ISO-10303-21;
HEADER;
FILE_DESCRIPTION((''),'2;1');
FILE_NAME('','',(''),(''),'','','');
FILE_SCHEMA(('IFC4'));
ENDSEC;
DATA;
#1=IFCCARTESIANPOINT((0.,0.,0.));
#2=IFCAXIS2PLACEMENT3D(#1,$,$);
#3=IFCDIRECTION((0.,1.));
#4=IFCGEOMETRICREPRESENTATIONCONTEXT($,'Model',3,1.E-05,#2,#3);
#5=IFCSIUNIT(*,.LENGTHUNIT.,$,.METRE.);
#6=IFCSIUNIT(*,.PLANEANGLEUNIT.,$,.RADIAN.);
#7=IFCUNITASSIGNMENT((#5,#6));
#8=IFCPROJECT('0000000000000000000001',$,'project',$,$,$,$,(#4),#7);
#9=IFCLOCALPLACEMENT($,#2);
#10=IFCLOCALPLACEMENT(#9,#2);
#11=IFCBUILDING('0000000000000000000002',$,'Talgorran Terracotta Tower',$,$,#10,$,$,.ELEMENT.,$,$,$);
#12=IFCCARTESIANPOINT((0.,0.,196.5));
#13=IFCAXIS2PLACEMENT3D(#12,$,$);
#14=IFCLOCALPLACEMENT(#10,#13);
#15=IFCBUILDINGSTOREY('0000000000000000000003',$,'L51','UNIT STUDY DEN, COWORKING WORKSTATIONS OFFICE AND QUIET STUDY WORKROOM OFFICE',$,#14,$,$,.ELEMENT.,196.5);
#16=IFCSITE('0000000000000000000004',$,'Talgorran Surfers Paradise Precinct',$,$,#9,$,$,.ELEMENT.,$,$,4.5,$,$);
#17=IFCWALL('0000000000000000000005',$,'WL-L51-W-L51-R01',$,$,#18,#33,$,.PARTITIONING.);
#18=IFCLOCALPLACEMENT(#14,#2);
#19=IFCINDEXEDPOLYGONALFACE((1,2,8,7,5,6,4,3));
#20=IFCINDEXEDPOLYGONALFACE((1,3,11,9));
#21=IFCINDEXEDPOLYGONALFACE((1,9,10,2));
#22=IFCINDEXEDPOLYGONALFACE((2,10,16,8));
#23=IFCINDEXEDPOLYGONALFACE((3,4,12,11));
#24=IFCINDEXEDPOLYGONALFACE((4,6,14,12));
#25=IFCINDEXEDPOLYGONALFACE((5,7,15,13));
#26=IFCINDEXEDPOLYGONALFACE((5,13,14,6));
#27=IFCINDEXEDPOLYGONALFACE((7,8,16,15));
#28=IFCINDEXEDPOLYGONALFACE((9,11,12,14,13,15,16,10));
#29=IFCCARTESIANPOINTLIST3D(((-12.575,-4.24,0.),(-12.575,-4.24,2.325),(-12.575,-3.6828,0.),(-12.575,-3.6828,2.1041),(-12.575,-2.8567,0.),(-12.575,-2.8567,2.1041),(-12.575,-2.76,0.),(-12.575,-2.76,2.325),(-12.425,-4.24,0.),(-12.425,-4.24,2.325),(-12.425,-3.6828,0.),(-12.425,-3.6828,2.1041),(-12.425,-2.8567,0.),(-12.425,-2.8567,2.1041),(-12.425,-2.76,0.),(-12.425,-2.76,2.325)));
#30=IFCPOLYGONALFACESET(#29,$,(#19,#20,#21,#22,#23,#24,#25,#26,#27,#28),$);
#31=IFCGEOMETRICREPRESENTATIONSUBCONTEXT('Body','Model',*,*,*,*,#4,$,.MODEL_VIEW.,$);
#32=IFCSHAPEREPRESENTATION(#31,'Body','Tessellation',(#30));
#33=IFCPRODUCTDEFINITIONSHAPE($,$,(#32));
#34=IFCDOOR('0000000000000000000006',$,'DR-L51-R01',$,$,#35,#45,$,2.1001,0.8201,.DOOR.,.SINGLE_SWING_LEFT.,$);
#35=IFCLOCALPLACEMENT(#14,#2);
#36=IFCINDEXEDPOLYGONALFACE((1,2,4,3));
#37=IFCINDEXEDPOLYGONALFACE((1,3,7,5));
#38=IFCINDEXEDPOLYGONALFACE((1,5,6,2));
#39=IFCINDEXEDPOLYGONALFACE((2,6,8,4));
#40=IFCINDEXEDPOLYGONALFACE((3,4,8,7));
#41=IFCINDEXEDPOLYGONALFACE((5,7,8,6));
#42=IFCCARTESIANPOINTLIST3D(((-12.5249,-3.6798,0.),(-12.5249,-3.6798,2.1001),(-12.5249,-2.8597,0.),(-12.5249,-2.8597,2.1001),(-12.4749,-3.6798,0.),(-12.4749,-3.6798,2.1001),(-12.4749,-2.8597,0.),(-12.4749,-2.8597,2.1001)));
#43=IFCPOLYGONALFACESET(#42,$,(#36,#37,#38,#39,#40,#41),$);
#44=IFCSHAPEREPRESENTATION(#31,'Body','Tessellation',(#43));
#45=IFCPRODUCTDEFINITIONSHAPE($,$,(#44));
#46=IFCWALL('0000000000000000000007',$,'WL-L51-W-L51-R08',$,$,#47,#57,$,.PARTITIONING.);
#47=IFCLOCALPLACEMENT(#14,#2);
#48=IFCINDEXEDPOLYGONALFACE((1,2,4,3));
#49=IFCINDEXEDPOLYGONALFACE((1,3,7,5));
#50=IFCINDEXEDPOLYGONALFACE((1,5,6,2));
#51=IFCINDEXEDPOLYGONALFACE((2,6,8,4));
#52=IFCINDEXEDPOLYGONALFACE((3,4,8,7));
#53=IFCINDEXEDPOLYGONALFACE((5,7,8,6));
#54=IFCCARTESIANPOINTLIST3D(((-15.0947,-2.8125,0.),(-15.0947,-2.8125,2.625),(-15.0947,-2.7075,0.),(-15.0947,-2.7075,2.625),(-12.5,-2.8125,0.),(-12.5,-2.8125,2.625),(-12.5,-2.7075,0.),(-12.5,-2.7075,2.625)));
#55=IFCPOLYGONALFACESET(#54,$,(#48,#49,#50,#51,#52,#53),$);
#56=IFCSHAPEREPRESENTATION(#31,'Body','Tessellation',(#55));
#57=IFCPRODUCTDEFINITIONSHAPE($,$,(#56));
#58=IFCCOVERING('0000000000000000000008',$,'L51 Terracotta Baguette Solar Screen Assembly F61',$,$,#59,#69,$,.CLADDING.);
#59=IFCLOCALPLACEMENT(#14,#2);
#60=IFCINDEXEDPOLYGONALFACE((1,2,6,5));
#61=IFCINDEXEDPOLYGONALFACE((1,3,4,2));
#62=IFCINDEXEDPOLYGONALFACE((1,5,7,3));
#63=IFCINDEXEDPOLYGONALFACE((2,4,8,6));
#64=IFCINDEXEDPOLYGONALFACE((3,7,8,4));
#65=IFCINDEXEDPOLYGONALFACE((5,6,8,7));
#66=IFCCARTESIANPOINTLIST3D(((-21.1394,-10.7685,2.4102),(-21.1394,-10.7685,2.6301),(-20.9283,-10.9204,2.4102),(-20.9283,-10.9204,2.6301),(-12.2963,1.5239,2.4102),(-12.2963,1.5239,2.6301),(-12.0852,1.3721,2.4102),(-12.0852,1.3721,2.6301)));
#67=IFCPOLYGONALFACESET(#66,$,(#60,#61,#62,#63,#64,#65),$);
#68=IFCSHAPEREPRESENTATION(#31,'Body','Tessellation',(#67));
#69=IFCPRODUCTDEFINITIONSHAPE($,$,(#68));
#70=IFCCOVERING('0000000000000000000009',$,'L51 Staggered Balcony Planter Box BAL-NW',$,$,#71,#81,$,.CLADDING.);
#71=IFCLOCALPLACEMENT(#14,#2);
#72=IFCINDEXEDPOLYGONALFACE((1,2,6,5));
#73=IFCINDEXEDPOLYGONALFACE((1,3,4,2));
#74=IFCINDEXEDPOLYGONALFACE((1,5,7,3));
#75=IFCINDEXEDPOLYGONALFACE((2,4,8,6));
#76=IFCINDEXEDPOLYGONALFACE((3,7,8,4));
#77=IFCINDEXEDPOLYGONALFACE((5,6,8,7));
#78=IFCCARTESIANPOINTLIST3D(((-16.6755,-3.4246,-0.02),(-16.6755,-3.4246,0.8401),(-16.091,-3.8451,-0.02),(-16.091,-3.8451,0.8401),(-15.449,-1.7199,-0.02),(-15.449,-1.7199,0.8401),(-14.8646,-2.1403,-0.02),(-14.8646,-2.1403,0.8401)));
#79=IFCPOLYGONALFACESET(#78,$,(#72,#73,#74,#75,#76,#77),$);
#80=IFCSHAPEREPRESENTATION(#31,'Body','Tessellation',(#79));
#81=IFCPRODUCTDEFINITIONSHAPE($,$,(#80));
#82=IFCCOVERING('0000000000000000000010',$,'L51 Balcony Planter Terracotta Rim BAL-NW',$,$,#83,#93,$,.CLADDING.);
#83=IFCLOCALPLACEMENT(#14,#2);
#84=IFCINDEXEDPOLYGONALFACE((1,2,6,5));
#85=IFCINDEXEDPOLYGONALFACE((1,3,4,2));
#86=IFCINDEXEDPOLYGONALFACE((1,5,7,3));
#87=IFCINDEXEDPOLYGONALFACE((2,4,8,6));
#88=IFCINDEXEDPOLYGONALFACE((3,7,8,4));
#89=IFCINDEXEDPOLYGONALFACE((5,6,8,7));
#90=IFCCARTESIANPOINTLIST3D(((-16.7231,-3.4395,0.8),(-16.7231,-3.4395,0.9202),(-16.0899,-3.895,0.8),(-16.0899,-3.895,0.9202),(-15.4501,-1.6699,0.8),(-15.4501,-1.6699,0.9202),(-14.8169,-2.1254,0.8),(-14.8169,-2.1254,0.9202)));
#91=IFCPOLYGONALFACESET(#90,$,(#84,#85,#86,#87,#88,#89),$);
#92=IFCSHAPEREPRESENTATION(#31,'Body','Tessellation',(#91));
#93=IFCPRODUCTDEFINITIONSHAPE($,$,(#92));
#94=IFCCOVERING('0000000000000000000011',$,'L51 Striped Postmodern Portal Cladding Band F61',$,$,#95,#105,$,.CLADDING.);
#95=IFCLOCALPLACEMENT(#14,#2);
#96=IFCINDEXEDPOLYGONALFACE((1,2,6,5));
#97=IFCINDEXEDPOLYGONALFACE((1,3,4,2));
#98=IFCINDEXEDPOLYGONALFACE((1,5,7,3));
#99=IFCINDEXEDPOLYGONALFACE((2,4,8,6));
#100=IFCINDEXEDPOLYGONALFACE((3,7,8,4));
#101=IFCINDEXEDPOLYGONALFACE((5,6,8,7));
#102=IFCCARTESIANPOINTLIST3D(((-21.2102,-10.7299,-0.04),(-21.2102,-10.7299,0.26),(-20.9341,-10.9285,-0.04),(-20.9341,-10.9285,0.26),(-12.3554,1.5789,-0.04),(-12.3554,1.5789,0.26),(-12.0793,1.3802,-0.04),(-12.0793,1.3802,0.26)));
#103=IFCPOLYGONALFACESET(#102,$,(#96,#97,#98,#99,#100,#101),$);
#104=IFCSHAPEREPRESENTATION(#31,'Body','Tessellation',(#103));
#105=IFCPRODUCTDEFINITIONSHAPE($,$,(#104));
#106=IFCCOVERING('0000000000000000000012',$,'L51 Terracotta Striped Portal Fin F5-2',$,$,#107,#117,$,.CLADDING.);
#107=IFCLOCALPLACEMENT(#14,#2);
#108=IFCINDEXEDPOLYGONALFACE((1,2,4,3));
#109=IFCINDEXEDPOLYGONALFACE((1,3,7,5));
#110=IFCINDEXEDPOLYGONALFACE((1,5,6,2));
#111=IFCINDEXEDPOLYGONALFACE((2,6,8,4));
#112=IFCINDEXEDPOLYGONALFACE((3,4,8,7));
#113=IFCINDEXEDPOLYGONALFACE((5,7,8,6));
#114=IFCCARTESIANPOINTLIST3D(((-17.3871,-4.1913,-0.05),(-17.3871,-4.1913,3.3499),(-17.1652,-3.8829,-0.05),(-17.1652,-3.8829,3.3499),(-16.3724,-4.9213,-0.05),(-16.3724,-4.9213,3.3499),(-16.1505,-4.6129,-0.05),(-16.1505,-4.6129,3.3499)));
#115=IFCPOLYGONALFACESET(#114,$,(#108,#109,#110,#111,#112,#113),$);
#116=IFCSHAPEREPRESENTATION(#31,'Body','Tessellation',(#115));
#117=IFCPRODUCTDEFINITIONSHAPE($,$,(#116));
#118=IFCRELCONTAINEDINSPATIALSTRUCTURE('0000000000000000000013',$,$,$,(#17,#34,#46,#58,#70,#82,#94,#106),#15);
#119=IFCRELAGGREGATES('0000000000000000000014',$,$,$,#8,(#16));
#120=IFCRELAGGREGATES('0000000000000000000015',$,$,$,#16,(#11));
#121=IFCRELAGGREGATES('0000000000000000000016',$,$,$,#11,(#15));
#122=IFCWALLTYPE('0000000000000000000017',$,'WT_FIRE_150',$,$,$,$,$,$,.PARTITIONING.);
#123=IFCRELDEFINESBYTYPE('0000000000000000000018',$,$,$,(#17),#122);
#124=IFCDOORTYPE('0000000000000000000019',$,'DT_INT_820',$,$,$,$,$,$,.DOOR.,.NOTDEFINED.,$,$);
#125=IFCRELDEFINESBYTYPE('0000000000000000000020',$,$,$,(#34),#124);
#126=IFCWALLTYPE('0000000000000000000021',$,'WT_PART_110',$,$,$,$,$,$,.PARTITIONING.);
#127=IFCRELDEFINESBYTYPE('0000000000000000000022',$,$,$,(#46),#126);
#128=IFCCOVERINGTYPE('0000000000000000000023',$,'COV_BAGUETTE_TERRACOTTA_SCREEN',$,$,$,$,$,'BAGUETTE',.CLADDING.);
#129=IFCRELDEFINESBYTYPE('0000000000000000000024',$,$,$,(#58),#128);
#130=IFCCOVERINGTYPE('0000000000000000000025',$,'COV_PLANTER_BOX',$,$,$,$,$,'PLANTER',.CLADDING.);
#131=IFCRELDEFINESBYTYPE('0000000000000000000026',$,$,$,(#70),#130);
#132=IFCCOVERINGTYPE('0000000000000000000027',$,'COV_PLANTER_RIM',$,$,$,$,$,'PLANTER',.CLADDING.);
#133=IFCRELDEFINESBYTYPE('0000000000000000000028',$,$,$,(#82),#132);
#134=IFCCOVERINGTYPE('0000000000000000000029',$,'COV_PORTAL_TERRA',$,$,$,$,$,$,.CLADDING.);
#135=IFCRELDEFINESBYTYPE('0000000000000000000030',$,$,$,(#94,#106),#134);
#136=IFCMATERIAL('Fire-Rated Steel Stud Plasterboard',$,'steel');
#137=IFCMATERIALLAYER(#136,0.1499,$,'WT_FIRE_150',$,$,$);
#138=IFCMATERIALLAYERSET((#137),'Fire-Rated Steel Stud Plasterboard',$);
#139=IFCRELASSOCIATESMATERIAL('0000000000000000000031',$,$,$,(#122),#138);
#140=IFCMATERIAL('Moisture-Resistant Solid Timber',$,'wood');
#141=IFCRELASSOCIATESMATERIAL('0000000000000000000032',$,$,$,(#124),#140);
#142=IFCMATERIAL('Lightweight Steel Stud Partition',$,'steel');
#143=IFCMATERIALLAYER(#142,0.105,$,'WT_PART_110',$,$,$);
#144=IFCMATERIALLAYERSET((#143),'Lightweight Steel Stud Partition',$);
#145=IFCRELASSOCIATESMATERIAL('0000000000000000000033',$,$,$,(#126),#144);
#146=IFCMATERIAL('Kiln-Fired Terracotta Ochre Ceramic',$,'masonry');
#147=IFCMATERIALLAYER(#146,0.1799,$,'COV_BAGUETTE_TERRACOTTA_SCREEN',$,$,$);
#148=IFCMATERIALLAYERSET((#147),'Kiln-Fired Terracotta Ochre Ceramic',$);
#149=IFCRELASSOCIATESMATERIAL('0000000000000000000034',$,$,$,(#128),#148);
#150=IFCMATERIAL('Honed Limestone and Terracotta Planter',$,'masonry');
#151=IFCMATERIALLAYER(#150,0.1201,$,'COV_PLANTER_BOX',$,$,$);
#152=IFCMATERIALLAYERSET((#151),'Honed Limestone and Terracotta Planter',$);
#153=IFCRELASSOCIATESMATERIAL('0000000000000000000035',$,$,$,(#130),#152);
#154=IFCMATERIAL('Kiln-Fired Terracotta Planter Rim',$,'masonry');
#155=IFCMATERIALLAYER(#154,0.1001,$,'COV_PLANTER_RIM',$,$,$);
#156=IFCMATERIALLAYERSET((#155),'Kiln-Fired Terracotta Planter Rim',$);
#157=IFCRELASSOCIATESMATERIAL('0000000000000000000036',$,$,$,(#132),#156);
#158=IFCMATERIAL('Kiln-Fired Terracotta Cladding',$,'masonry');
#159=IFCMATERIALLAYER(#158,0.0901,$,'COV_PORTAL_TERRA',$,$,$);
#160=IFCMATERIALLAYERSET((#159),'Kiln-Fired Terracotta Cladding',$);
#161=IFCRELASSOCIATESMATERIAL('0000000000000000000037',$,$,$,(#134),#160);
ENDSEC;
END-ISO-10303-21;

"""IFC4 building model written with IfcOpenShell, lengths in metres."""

from ifc_helpers import new_model, si_unit, direction, frame, frame_2d, origin, origin_2d, place, context, subcontext, project, spatial, rectangle, extrude, material, layer, layer_set, type_object, element, fill, save


model = new_model("IFC4")

# Units and contexts
model_context = context("Model", 3, precision=1e-05, world=origin(), true_north=direction((0.0, 1.0)))
body_context = subcontext(model_context, "Body", "Model", "MODEL_VIEW")
ifc_project = project(units=[si_unit("LENGTHUNIT", "METRE"), si_unit("PLANEANGLEUNIT", "RADIAN")], contexts=[model_context])

# Site, building, storey
site_placement = place(None, origin())
site = spatial("IfcSite", under=ifc_project, at=site_placement, Name="Talgorran Surfers Paradise Precinct", CompositionType="ELEMENT", RefElevation=4.5)
building_placement = place(site_placement, origin())
building = spatial("IfcBuilding", under=site, at=building_placement, Name="Talgorran Terracotta Tower", CompositionType="ELEMENT")
storey_placement = place(building_placement, frame((0.0, 0.0, 196.5)))
storey = spatial("IfcBuildingStorey", under=building, at=storey_placement, Name="L51", Description="UNIT STUDY DEN, COWORKING WORKSTATIONS OFFICE AND QUIET STUDY WORKROOM OFFICE", CompositionType="ELEMENT", Elevation=196.5)

# Wall, opening, door
ifc_material_1 = material(Name="Fire-Rated Steel Stud Plasterboard", Category="steel")
ifc_layer_1 = layer(ifc_material_1, 0.1499, Name="WT_FIRE_150")
ifc_layer_set_1 = layer_set([ifc_layer_1], Name="Fire-Rated Steel Stud Plasterboard")
wall_type_1 = type_object("IfcWallType", Name="WT_FIRE_150", PredefinedType="PARTITIONING", material=ifc_layer_set_1)
wall_1_placement = place(storey_placement, frame((-12.5, -4.24, 0.0), z_axis=(0.0, 0.0, 1.0), x_axis=(0.0, 1.0, 0.0)))
wall_1 = element("IfcWall", 1, at=wall_1_placement, inside=storey, type_object=wall_type_1, Name="WL-L51-W-L51-R01", PredefinedType="PARTITIONING", context=body_context, shape_type="SweptSolid", body=[
    extrude(rectangle(XDim=1.48, YDim=0.1499, at=frame_2d((0.74, 0.0))), origin(), (0.0, 0.0, 1.0), 2.325),
])
opening_1_placement = place(wall_1_placement, frame((0.5601, 0.0, 0.0)))
opening_1 = element("IfcOpeningElement", 2, at=opening_1_placement, cuts=wall_1, PredefinedType="OPENING", context=body_context, shape_type="SweptSolid", body=[
    extrude(rectangle(XDim=0.8261, YDim=2.1041, at=frame_2d((0.4102, 1.052))), frame((0.0, 0.085, 0.0), z_axis=(0.0, -1.0, 0.0), x_axis=(1.0, 0.0, 0.0)), (0.0, 0.0, 1.0), 0.1699),
])
ifc_material_2 = material(Name="Moisture-Resistant Solid Timber", Category="wood")
door_type_1 = type_object("IfcDoorType", Name="DT_INT_820", OperationType="NOTDEFINED", PredefinedType="DOOR", material=ifc_material_2)
door_1_placement = place(opening_1_placement, origin())
door_1 = element("IfcDoor", 3, at=door_1_placement, inside=storey, type_object=door_type_1, Name="DR-L51-R01", OperationType="SINGLE_SWING_LEFT", OverallHeight=2.1001, OverallWidth=0.8201, PredefinedType="DOOR", context=body_context, shape_type="SweptSolid", body=[
    extrude(rectangle(XDim=0.8201, YDim=2.1001, at=frame_2d((0.4102, 1.05))), frame((0.0, 0.0249, 0.0), z_axis=(0.0, -1.0, 0.0), x_axis=(1.0, 0.0, 0.0)), (0.0, 0.0, 1.0), 0.05),
])
fill(opening_1, door_1)

# Wall
ifc_material_3 = material(Name="Lightweight Steel Stud Partition", Category="steel")
ifc_layer_2 = layer(ifc_material_3, 0.105, Name="WT_PART_110")
ifc_layer_set_2 = layer_set([ifc_layer_2], Name="Lightweight Steel Stud Partition")
wall_type_2 = type_object("IfcWallType", Name="WT_PART_110", PredefinedType="PARTITIONING", material=ifc_layer_set_2)
wall_2_placement = place(storey_placement, frame((-15.0947, -2.76, 0.0), z_axis=(0.0, 0.0, 1.0), x_axis=(1.0, 0.0, 0.0)))
element("IfcWall", 4, at=wall_2_placement, inside=storey, type_object=wall_type_2, Name="WL-L51-W-L51-R08", PredefinedType="PARTITIONING", context=body_context, shape_type="SweptSolid", body=[
    extrude(rectangle(XDim=2.5947, YDim=0.105, at=frame_2d((1.2974, 0.0))), origin(), (0.0, 0.0, 1.0), 2.625),
])

# Coverings
ifc_material_4 = material(Name="Kiln-Fired Terracotta Ochre Ceramic", Category="masonry")
ifc_layer_3 = layer(ifc_material_4, 0.1799, Name="COV_BAGUETTE_TERRACOTTA_SCREEN")
ifc_layer_set_3 = layer_set([ifc_layer_3], Name="Kiln-Fired Terracotta Ochre Ceramic")
covering_type_1 = type_object("IfcCoveringType", Name="COV_BAGUETTE_TERRACOTTA_SCREEN", ElementType="BAGUETTE", PredefinedType="CLADDING", material=ifc_layer_set_3)
covering_1_placement = place(storey_placement, frame((-16.6123, -4.6982, 2.4102), z_axis=(0.0, 0.0, 1.0), x_axis=(-0.583981, -0.811768, 0.0)))
element("IfcCovering", 5, at=covering_1_placement, inside=storey, type_object=covering_type_1, Name="L51 Terracotta Baguette Solar Screen Assembly F61", PredefinedType="CLADDING", context=body_context, shape_type="SweptSolid", body=[
    extrude(rectangle(XDim=15.1428, YDim=0.26, at=origin_2d()), origin(), (0.0, 0.0, 1.0), 0.22),
])
ifc_material_5 = material(Name="Honed Limestone and Terracotta Planter", Category="masonry")
ifc_layer_4 = layer(ifc_material_5, 0.1201, Name="COV_PLANTER_BOX")
ifc_layer_set_4 = layer_set([ifc_layer_4], Name="Honed Limestone and Terracotta Planter")
covering_type_2 = type_object("IfcCoveringType", Name="COV_PLANTER_BOX", ElementType="PLANTER", PredefinedType="CLADDING", material=ifc_layer_set_4)
covering_2_placement = place(storey_placement, frame((-15.77, -2.7825, -0.02), z_axis=(0.0, 0.0, 1.0), x_axis=(-0.583981, -0.811768, 0.0)))
element("IfcCovering", 6, at=covering_2_placement, inside=storey, type_object=covering_type_2, Name="L51 Staggered Balcony Planter Box BAL-NW", PredefinedType="CLADDING", context=body_context, shape_type="SweptSolid", body=[
    extrude(rectangle(XDim=2.1001, YDim=0.72, at=origin_2d()), origin(), (0.0, 0.0, 1.0), 0.8601),
])
ifc_material_6 = material(Name="Kiln-Fired Terracotta Planter Rim", Category="masonry")
ifc_layer_5 = layer(ifc_material_6, 0.1001, Name="COV_PLANTER_RIM")
ifc_layer_set_5 = layer_set([ifc_layer_5], Name="Kiln-Fired Terracotta Planter Rim")
covering_type_3 = type_object("IfcCoveringType", Name="COV_PLANTER_RIM", ElementType="PLANTER", PredefinedType="CLADDING", material=ifc_layer_set_5)
covering_3_placement = place(storey_placement, frame((-15.77, -2.7825, 0.8), z_axis=(0.0, 0.0, 1.0), x_axis=(-0.583981, -0.811768, 0.0)))
element("IfcCovering", 7, at=covering_3_placement, inside=storey, type_object=covering_type_3, Name="L51 Balcony Planter Terracotta Rim BAL-NW", PredefinedType="CLADDING", context=body_context, shape_type="SweptSolid", body=[
    extrude(rectangle(XDim=2.1799, YDim=0.78, at=origin_2d()), origin(), (0.0, 0.0, 1.0), 0.1201),
])
ifc_material_7 = material(Name="Kiln-Fired Terracotta Cladding", Category="masonry")
ifc_layer_6 = layer(ifc_material_7, 0.0901, Name="COV_PORTAL_TERRA")
ifc_layer_set_6 = layer_set([ifc_layer_6], Name="Kiln-Fired Terracotta Cladding")
covering_type_4 = type_object("IfcCoveringType", Name="COV_PORTAL_TERRA", PredefinedType="CLADDING", material=ifc_layer_set_6)
covering_4_placement = place(storey_placement, frame((-16.6448, -4.6748, -0.04), z_axis=(0.0, 0.0, 1.0), x_axis=(-0.583981, -0.811768, 0.0)))
element("IfcCovering", 8, at=covering_4_placement, inside=storey, type_object=covering_type_4, Name="L51 Striped Postmodern Portal Cladding Band F61", PredefinedType="CLADDING", context=body_context, shape_type="SweptSolid", body=[
    extrude(rectangle(XDim=15.1628, YDim=0.3401, at=origin_2d()), origin(), (0.0, 0.0, 1.0), 0.3),
])
covering_5_placement = place(storey_placement, frame((-16.7688, -4.4021, -0.05), z_axis=(0.0, 0.0, 1.0), x_axis=(-0.583981, -0.811768, 0.0)))
element("IfcCovering", 9, at=covering_5_placement, inside=storey, type_object=covering_type_4, Name="L51 Terracotta Striped Portal Fin F5-2", PredefinedType="CLADDING", context=body_context, shape_type="SweptSolid", body=[
    extrude(rectangle(XDim=0.3799, YDim=1.25, at=origin_2d()), origin(), (0.0, 0.0, 1.0), 3.3999),
])

save(model, "model.ifc")
